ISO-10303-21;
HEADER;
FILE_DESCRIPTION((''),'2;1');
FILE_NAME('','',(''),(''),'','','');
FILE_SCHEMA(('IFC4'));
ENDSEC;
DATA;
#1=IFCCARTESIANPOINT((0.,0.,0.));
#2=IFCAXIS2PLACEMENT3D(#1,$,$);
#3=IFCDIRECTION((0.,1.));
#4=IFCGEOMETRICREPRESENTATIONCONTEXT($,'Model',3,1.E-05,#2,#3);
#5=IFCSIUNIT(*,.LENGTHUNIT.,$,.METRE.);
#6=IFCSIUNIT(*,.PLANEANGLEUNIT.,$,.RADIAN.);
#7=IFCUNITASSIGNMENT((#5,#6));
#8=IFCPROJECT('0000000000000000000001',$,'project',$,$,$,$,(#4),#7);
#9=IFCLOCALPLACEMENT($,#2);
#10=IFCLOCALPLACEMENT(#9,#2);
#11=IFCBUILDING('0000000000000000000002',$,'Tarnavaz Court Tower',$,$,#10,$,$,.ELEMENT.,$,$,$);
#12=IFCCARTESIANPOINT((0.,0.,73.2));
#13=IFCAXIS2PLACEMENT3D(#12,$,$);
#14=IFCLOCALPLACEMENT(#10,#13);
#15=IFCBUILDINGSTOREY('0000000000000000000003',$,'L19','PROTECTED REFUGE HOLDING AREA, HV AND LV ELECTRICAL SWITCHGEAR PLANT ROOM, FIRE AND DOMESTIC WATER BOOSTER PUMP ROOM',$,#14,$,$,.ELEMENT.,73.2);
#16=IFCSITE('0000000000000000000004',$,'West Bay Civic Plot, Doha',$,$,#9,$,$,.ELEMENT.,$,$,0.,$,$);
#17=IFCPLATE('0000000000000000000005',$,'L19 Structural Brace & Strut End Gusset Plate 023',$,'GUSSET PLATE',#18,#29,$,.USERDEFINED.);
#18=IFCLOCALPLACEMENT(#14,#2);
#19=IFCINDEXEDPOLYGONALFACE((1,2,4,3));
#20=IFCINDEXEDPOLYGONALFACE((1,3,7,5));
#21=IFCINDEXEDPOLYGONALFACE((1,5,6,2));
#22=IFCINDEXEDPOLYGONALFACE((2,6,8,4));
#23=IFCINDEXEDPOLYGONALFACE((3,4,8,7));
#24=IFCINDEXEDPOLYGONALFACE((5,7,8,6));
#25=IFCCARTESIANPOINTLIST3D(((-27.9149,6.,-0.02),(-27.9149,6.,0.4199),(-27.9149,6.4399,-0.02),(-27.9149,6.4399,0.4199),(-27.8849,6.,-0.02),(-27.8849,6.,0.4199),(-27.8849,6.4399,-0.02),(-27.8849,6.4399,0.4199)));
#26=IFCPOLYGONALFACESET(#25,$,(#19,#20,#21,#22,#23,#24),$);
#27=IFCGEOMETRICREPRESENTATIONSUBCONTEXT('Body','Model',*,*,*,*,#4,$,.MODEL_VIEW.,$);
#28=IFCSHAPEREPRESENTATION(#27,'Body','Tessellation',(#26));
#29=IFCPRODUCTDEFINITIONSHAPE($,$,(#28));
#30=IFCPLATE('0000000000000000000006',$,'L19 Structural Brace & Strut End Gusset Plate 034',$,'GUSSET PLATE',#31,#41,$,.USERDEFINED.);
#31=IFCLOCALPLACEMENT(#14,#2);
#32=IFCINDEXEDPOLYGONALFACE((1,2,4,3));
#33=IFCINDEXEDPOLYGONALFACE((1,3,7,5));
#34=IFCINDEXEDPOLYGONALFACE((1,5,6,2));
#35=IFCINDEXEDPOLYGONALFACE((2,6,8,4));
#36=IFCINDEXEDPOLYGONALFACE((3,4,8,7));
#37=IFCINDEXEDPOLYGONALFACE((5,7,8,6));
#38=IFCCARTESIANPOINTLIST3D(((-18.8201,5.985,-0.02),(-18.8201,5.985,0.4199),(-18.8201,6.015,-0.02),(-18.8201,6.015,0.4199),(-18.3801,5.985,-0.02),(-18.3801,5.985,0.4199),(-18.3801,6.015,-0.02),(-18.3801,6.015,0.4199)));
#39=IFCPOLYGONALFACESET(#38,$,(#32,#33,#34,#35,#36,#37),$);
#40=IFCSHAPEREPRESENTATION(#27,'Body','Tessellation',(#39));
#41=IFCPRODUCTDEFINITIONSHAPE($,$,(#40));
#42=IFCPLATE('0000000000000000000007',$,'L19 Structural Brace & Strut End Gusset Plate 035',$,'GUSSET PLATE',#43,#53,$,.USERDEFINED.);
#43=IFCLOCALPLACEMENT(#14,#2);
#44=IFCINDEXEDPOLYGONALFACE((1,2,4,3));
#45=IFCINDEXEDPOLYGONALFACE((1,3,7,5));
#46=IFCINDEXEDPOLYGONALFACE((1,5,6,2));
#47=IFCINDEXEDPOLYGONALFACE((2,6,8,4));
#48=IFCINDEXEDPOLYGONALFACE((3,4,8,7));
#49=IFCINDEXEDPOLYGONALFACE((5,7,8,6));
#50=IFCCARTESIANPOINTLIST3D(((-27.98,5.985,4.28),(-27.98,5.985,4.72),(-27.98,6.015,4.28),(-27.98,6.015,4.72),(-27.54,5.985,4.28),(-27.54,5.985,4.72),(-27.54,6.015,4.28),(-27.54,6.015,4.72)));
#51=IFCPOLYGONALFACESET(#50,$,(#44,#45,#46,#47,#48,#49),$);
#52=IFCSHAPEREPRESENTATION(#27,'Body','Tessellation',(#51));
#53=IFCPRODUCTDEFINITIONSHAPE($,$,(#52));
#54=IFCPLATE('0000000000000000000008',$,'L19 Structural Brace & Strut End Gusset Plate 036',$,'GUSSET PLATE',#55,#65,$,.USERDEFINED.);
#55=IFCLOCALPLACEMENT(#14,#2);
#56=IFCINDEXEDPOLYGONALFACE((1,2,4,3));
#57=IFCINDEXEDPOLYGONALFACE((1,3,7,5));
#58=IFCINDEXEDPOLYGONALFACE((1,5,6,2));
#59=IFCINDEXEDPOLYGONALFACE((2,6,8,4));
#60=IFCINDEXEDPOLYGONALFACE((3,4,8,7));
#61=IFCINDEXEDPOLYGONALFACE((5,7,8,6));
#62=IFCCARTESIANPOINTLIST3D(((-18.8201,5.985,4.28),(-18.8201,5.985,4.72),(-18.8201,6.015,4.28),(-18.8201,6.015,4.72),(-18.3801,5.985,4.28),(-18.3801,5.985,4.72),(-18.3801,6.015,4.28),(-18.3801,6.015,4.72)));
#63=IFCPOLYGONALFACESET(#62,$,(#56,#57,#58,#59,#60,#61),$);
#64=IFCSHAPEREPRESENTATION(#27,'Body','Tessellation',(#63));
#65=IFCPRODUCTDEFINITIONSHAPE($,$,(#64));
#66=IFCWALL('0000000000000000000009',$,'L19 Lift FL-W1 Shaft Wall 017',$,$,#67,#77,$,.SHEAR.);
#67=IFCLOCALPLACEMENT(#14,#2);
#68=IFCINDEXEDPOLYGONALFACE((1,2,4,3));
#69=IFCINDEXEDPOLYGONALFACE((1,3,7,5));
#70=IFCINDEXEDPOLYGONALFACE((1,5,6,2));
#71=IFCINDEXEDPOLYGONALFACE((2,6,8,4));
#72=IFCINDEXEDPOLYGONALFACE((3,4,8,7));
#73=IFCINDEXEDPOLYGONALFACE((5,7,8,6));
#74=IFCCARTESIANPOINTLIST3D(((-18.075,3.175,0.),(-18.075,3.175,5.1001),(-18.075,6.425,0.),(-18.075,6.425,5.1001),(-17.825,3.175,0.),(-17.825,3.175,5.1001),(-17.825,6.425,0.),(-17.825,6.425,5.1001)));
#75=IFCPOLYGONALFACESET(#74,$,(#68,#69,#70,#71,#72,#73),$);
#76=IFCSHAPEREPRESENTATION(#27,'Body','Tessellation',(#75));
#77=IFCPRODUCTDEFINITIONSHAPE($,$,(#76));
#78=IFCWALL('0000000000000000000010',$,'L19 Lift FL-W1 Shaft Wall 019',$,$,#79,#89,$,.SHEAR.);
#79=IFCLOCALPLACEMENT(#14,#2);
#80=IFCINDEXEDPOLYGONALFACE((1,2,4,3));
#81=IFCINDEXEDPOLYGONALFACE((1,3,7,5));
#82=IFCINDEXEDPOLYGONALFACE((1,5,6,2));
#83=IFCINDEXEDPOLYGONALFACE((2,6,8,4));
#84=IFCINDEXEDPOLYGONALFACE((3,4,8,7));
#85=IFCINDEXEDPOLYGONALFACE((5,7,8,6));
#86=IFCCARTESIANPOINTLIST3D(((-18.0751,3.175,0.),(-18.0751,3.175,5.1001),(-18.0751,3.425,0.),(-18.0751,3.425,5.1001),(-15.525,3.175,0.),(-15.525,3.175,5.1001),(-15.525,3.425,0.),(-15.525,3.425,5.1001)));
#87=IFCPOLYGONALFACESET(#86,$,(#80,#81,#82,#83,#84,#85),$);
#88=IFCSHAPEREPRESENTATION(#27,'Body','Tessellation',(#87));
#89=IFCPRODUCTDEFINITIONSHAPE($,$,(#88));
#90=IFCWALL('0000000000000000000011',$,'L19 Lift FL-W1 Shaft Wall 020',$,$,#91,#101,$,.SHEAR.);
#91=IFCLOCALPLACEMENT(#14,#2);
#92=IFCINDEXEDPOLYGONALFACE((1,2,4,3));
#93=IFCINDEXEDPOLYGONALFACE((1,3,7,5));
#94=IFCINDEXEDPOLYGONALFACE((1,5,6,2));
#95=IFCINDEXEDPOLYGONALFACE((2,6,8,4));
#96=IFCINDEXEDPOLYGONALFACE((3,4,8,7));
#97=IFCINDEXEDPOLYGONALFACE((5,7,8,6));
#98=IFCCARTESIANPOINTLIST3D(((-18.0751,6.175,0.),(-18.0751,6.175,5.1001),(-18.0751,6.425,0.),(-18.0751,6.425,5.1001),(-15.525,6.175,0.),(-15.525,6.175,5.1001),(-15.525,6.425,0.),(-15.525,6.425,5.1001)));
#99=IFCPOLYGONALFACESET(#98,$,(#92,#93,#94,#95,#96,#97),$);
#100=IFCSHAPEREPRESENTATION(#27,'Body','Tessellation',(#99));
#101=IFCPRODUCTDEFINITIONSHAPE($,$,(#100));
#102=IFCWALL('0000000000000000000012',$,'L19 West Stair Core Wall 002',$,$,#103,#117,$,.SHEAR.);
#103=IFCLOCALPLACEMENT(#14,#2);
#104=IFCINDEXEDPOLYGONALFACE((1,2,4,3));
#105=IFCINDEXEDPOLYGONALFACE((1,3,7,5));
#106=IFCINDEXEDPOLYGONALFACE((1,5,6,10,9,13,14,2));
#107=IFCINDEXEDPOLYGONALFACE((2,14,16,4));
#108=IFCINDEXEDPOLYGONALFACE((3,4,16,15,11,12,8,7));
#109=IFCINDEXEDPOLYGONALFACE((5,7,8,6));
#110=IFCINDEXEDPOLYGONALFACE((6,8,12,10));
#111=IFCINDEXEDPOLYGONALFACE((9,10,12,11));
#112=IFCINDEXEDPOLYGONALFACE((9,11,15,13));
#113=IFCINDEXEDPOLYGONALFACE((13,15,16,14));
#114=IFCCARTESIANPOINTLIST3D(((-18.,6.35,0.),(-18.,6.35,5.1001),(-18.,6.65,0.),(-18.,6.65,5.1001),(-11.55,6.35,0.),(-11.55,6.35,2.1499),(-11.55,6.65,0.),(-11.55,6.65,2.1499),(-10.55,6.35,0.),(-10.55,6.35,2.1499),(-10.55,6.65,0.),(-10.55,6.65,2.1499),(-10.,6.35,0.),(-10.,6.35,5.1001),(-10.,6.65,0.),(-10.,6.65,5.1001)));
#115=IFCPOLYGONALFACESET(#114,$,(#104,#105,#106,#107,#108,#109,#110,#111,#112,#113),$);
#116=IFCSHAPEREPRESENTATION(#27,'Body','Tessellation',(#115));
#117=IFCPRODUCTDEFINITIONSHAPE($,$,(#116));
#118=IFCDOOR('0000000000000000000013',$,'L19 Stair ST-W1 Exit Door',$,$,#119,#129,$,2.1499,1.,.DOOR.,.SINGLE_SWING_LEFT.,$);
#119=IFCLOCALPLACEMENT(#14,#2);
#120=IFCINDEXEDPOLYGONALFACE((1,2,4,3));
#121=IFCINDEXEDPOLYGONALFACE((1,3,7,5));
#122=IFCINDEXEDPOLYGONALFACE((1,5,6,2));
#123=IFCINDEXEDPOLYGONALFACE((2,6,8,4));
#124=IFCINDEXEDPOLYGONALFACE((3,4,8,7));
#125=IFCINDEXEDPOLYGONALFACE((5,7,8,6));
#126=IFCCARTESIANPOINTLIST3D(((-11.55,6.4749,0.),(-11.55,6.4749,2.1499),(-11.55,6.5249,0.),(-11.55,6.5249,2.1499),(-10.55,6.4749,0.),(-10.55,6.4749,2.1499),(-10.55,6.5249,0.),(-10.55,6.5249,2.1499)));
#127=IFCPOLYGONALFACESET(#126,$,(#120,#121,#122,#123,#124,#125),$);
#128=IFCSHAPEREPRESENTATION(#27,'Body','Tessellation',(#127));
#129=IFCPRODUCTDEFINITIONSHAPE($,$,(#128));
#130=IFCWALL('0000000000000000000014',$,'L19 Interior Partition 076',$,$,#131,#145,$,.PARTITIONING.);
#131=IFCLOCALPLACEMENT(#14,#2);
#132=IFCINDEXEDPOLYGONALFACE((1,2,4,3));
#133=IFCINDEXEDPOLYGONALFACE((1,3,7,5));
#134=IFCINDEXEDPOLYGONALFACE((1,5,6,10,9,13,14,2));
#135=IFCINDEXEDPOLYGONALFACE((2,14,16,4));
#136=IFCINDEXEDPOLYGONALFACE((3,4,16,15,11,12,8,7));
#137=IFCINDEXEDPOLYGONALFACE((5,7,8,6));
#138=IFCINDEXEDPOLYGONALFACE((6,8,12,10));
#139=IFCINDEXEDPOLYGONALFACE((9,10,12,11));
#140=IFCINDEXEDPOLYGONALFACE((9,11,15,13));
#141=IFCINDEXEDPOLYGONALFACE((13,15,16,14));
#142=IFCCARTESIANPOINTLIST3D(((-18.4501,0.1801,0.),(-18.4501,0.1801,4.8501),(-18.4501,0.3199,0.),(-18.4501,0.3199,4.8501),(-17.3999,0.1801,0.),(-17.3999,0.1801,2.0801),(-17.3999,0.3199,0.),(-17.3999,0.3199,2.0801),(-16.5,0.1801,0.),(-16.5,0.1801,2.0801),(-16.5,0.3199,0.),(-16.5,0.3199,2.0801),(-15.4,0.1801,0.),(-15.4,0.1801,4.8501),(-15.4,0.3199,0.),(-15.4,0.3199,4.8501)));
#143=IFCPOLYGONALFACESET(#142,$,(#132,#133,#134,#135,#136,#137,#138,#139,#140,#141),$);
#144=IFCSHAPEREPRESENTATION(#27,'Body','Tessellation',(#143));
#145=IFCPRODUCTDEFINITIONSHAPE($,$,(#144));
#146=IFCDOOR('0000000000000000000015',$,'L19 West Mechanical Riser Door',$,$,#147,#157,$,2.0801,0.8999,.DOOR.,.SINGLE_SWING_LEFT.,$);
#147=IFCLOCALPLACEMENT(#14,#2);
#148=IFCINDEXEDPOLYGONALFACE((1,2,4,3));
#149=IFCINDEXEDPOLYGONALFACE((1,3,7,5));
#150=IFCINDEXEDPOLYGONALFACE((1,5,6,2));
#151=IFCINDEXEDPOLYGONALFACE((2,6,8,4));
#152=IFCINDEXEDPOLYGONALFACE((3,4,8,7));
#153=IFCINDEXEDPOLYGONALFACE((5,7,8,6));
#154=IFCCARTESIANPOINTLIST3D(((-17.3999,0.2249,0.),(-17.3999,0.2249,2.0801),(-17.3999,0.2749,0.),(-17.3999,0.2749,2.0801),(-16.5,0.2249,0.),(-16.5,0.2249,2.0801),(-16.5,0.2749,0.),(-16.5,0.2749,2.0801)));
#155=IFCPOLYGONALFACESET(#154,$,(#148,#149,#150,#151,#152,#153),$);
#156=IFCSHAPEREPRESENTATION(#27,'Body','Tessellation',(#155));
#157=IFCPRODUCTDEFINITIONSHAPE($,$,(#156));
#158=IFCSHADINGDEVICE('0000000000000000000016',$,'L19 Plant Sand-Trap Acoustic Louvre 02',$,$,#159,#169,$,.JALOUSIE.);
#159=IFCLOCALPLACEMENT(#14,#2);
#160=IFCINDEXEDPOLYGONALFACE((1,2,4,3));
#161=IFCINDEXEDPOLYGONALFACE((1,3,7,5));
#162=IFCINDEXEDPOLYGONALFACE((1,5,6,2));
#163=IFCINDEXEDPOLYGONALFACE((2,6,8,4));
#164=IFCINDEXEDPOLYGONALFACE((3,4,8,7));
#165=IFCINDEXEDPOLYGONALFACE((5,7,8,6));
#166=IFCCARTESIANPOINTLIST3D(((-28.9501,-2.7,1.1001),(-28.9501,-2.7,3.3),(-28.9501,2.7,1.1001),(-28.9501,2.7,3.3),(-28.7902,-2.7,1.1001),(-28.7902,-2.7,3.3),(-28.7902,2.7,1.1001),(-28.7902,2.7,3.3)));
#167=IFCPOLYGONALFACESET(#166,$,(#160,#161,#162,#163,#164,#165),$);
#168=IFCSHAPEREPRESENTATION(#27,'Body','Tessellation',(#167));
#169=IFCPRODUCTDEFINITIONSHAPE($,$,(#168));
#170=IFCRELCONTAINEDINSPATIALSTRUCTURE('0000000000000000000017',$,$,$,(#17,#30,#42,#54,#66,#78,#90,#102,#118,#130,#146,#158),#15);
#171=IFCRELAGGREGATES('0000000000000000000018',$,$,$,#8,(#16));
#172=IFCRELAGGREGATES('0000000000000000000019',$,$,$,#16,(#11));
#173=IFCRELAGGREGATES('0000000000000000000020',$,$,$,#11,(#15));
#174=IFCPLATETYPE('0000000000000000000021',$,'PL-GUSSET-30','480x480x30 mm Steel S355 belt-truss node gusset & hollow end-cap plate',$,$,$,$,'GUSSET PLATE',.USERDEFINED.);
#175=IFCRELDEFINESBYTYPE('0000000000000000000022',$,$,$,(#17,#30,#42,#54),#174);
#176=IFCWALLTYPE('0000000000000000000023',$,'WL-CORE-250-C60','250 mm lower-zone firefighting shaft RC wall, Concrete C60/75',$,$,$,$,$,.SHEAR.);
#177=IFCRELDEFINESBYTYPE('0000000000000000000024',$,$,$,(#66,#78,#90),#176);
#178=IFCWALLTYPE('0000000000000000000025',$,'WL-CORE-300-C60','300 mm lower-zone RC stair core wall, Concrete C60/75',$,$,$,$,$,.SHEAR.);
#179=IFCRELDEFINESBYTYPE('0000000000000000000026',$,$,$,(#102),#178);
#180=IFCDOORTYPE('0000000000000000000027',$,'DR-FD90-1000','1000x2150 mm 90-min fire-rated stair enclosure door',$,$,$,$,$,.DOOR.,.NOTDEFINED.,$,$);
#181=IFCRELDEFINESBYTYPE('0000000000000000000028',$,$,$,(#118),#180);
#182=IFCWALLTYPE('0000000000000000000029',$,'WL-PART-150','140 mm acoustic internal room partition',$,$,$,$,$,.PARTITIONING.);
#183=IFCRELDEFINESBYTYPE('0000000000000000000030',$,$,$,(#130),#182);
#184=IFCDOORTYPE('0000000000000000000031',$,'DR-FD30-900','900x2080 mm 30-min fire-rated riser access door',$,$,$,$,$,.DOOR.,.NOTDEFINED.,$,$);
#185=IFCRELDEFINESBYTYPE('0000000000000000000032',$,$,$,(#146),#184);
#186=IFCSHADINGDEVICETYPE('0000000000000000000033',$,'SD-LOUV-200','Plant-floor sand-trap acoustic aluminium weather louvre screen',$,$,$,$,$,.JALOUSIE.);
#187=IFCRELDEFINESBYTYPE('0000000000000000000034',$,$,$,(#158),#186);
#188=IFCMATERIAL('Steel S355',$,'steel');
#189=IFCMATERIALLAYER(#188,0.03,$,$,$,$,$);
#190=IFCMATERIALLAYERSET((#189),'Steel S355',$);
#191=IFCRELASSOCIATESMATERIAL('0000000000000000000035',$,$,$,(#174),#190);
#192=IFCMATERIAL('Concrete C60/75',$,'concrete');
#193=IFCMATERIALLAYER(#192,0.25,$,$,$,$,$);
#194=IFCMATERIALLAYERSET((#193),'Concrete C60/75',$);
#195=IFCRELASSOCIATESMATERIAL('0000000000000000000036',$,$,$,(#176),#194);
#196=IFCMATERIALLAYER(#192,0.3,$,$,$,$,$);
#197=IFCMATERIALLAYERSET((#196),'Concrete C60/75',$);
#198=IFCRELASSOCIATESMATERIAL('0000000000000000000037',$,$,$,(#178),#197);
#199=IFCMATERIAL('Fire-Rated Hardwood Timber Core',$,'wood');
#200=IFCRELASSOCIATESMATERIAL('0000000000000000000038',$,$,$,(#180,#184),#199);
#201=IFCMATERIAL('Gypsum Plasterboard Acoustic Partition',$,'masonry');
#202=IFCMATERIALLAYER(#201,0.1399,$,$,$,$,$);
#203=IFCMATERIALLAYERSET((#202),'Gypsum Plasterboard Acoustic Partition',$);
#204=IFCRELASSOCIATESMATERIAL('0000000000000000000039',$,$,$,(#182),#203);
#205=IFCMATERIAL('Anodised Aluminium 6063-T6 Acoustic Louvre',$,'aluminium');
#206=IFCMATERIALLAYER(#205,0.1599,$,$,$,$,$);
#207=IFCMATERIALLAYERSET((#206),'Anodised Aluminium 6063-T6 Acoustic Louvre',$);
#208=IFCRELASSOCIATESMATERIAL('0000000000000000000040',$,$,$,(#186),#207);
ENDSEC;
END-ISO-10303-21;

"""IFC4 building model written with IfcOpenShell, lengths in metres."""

from ifc_helpers import new_model, si_unit, direction, frame, frame_2d, origin, origin_2d, place, context, subcontext, project, spatial, rectangle, extrude, material, layer, layer_set, type_object, element, fill, save


model = new_model("IFC4")

# Units and contexts
model_context = context("Model", 3, precision=1e-05, world=origin(), true_north=direction((0.0, 1.0)))
body_context = subcontext(model_context, "Body", "Model", "MODEL_VIEW")
ifc_project = project(units=[si_unit("LENGTHUNIT", "METRE"), si_unit("PLANEANGLEUNIT", "RADIAN")], contexts=[model_context])

# Site, building, storey
site_placement = place(None, origin())
site = spatial("IfcSite", under=ifc_project, at=site_placement, Name="West Bay Civic Plot, Doha", CompositionType="ELEMENT", RefElevation=0.0)
building_placement = place(site_placement, origin())
building = spatial("IfcBuilding", under=site, at=building_placement, Name="Tarnavaz Court Tower", CompositionType="ELEMENT")
storey_placement = place(building_placement, frame((0.0, 0.0, 73.2)))
storey = spatial("IfcBuildingStorey", under=building, at=storey_placement, Name="L19", Description="PROTECTED REFUGE HOLDING AREA, HV AND LV ELECTRICAL SWITCHGEAR PLANT ROOM, FIRE AND DOMESTIC WATER BOOSTER PUMP ROOM", CompositionType="ELEMENT", Elevation=73.2)

# Plates
ifc_material_1 = material(Name="Steel S355", Category="steel")
ifc_layer_1 = layer(ifc_material_1, 0.03)
ifc_layer_set_1 = layer_set([ifc_layer_1], Name="Steel S355")
plate_type = type_object("IfcPlateType", Name="PL-GUSSET-30", Description="480x480x30 mm Steel S355 belt-truss node gusset & hollow end-cap plate", ElementType="GUSSET PLATE", PredefinedType="USERDEFINED", material=ifc_layer_set_1)
for number, where, z_axis, x_axis, name in (
    (1, (-27.8999, 6.22, -0.02), (0.0, 0.0, 1.0), (0.0, 1.0, 0.0), "L19 Structural Brace & Strut End Gusset Plate 023"),
    (2, (-18.6001, 6.0, -0.02), (0.0, 0.0, 1.0), (1.0, 0.0, 0.0), "L19 Structural Brace & Strut End Gusset Plate 034"),
    (3, (-27.76, 6.0, 4.28), (0.0, 0.0, 1.0), (1.0, 0.0, 0.0), "L19 Structural Brace & Strut End Gusset Plate 035"),
    (4, (-18.6001, 6.0, 4.28), (0.0, 0.0, 1.0), (1.0, 0.0, 0.0), "L19 Structural Brace & Strut End Gusset Plate 036"),
):
    element("IfcPlate", number, at=place(storey_placement, frame(where, z_axis=z_axis, x_axis=x_axis)), inside=storey, type_object=plate_type, Name=name, ObjectType="GUSSET PLATE", PredefinedType="USERDEFINED", context=body_context, shape_type="SweptSolid", body=[
        extrude(rectangle(XDim=0.4399, YDim=0.03, at=origin_2d()), origin(), (0.0, 0.0, 1.0), 0.4399),
    ])

# Walls
ifc_material_2 = material(Name="Concrete C60/75", Category="concrete")
ifc_layer_2 = layer(ifc_material_2, 0.25)
ifc_layer_set_2 = layer_set([ifc_layer_2], Name="Concrete C60/75")
wall_type_1 = type_object("IfcWallType", Name="WL-CORE-250-C60", Description="250 mm lower-zone firefighting shaft RC wall, Concrete C60/75", PredefinedType="SHEAR", material=ifc_layer_set_2)
wall_1_placement = place(storey_placement, frame((-17.95, 3.175, 0.0), z_axis=(0.0, 0.0, 1.0), x_axis=(0.0, 1.0, 0.0)))
element("IfcWall", 5, at=wall_1_placement, inside=storey, type_object=wall_type_1, Name="L19 Lift FL-W1 Shaft Wall 017", PredefinedType="SHEAR", context=body_context, shape_type="SweptSolid", body=[
    extrude(rectangle(XDim=3.25, YDim=0.25, at=frame_2d((1.625, 0.0))), origin(), (0.0, 0.0, 1.0), 5.1001),
])
for number, where, z_axis, x_axis, name in (
    (6, (-18.075, 3.3, 0.0), (0.0, 0.0, 1.0), (1.0, 0.0, 0.0), "L19 Lift FL-W1 Shaft Wall 019"),
    (7, (-18.075, 6.3, 0.0), (0.0, 0.0, 1.0), (1.0, 0.0, 0.0), "L19 Lift FL-W1 Shaft Wall 020"),
):
    element("IfcWall", number, at=place(storey_placement, frame(where, z_axis=z_axis, x_axis=x_axis)), inside=storey, type_object=wall_type_1, Name=name, PredefinedType="SHEAR", context=body_context, shape_type="SweptSolid", body=[
        extrude(rectangle(XDim=2.55, YDim=0.25, at=frame_2d((1.2749, 0.0))), origin(), (0.0, 0.0, 1.0), 5.1001),
    ])

# Walls, openings, doors
ifc_layer_3 = layer(ifc_material_2, 0.3)
ifc_layer_set_3 = layer_set([ifc_layer_3], Name="Concrete C60/75")
wall_type_2 = type_object("IfcWallType", Name="WL-CORE-300-C60", Description="300 mm lower-zone RC stair core wall, Concrete C60/75", PredefinedType="SHEAR", material=ifc_layer_set_3)
wall_2_placement = place(storey_placement, frame((-18.0, 6.5, 0.0), z_axis=(0.0, 0.0, 1.0), x_axis=(1.0, 0.0, 0.0)))
wall_2 = element("IfcWall", 8, at=wall_2_placement, inside=storey, type_object=wall_type_2, Name="L19 West Stair Core Wall 002", PredefinedType="SHEAR", context=body_context, shape_type="SweptSolid", body=[
    extrude(rectangle(XDim=8.0, YDim=0.3, at=frame_2d((4.0, 0.0))), origin(), (0.0, 0.0, 1.0), 5.1001),
])
opening_1_placement = place(wall_2_placement, frame((6.45, 0.0, 0.0)))
opening_1 = element("IfcOpeningElement", 9, at=opening_1_placement, cuts=wall_2, PredefinedType="OPENING", context=body_context, shape_type="SweptSolid", body=[
    extrude(rectangle(XDim=1.0, YDim=2.1499, at=frame_2d((0.5, 1.075))), frame((0.0, 0.1599, 0.0), z_axis=(0.0, -1.0, 0.0), x_axis=(1.0, 0.0, 0.0)), (0.0, 0.0, 1.0), 0.3201),
])
ifc_material_3 = material(Name="Fire-Rated Hardwood Timber Core", Category="wood")
door_type_1 = type_object("IfcDoorType", Name="DR-FD90-1000", Description="1000x2150 mm 90-min fire-rated stair enclosure door", OperationType="NOTDEFINED", PredefinedType="DOOR", material=ifc_material_3)
door_1_placement = place(opening_1_placement, origin())
door_1 = element("IfcDoor", 10, at=door_1_placement, inside=storey, type_object=door_type_1, Name="L19 Stair ST-W1 Exit Door", OperationType="SINGLE_SWING_LEFT", OverallHeight=2.1499, OverallWidth=1.0, PredefinedType="DOOR", context=body_context, shape_type="SweptSolid", body=[
    extrude(rectangle(XDim=1.0, YDim=2.1499, at=frame_2d((0.5, 1.075))), frame((0.0, 0.0249, 0.0), z_axis=(0.0, -1.0, 0.0), x_axis=(1.0, 0.0, 0.0)), (0.0, 0.0, 1.0), 0.05),
])
fill(opening_1, door_1)
ifc_material_4 = material(Name="Gypsum Plasterboard Acoustic Partition", Category="masonry")
ifc_layer_4 = layer(ifc_material_4, 0.1399)
ifc_layer_set_4 = layer_set([ifc_layer_4], Name="Gypsum Plasterboard Acoustic Partition")
wall_type_3 = type_object("IfcWallType", Name="WL-PART-150", Description="140 mm acoustic internal room partition", PredefinedType="PARTITIONING", material=ifc_layer_set_4)
wall_3_placement = place(storey_placement, frame((-18.45, 0.25, 0.0), z_axis=(0.0, 0.0, 1.0), x_axis=(1.0, 0.0, 0.0)))
wall_3 = element("IfcWall", 11, at=wall_3_placement, inside=storey, type_object=wall_type_3, Name="L19 Interior Partition 076", PredefinedType="PARTITIONING", context=body_context, shape_type="SweptSolid", body=[
    extrude(rectangle(XDim=3.05, YDim=0.1399, at=frame_2d((1.5249, 0.0))), origin(), (0.0, 0.0, 1.0), 4.8501),
])
opening_2_placement = place(wall_3_placement, frame((1.05, 0.0, 0.0)))
opening_2 = element("IfcOpeningElement", 12, at=opening_2_placement, cuts=wall_3, PredefinedType="OPENING", context=body_context, shape_type="SweptSolid", body=[
    extrude(rectangle(XDim=0.8999, YDim=2.0801, at=frame_2d((0.45, 1.04))), frame((0.0, 0.0798, 0.0), z_axis=(0.0, -1.0, 0.0), x_axis=(1.0, 0.0, 0.0)), (0.0, 0.0, 1.0), 0.1599),
])
door_type_2 = type_object("IfcDoorType", Name="DR-FD30-900", Description="900x2080 mm 30-min fire-rated riser access door", OperationType="NOTDEFINED", PredefinedType="DOOR", material=ifc_material_3)
door_2_placement = place(opening_2_placement, origin())
door_2 = element("IfcDoor", 13, at=door_2_placement, inside=storey, type_object=door_type_2, Name="L19 West Mechanical Riser Door", OperationType="SINGLE_SWING_LEFT", OverallHeight=2.0801, OverallWidth=0.8999, PredefinedType="DOOR", context=body_context, shape_type="SweptSolid", body=[
    extrude(rectangle(XDim=0.8999, YDim=2.0801, at=frame_2d((0.45, 1.04))), frame((0.0, 0.0249, 0.0), z_axis=(0.0, -1.0, 0.0), x_axis=(1.0, 0.0, 0.0)), (0.0, 0.0, 1.0), 0.05),
])
fill(opening_2, door_2)

# Shading device
ifc_material_5 = material(Name="Anodised Aluminium 6063-T6 Acoustic Louvre", Category="aluminium")
ifc_layer_5 = layer(ifc_material_5, 0.1599)
ifc_layer_set_5 = layer_set([ifc_layer_5], Name="Anodised Aluminium 6063-T6 Acoustic Louvre")
shading_device_type = type_object("IfcShadingDeviceType", Name="SD-LOUV-200", Description="Plant-floor sand-trap acoustic aluminium weather louvre screen", PredefinedType="JALOUSIE", material=ifc_layer_set_5)
shading_device_placement = place(storey_placement, frame((-28.8701, 0.0, 1.1001), z_axis=(0.0, 0.0, 1.0), x_axis=(0.0, 1.0, 0.0)))
element("IfcShadingDevice", 14, at=shading_device_placement, inside=storey, type_object=shading_device_type, Name="L19 Plant Sand-Trap Acoustic Louvre 02", PredefinedType="JALOUSIE", context=body_context, shape_type="SweptSolid", body=[
    extrude(rectangle(XDim=5.3999, YDim=0.1599, at=origin_2d()), origin(), (0.0, 0.0, 1.0), 2.2),
])

save(model, "model.ifc")
